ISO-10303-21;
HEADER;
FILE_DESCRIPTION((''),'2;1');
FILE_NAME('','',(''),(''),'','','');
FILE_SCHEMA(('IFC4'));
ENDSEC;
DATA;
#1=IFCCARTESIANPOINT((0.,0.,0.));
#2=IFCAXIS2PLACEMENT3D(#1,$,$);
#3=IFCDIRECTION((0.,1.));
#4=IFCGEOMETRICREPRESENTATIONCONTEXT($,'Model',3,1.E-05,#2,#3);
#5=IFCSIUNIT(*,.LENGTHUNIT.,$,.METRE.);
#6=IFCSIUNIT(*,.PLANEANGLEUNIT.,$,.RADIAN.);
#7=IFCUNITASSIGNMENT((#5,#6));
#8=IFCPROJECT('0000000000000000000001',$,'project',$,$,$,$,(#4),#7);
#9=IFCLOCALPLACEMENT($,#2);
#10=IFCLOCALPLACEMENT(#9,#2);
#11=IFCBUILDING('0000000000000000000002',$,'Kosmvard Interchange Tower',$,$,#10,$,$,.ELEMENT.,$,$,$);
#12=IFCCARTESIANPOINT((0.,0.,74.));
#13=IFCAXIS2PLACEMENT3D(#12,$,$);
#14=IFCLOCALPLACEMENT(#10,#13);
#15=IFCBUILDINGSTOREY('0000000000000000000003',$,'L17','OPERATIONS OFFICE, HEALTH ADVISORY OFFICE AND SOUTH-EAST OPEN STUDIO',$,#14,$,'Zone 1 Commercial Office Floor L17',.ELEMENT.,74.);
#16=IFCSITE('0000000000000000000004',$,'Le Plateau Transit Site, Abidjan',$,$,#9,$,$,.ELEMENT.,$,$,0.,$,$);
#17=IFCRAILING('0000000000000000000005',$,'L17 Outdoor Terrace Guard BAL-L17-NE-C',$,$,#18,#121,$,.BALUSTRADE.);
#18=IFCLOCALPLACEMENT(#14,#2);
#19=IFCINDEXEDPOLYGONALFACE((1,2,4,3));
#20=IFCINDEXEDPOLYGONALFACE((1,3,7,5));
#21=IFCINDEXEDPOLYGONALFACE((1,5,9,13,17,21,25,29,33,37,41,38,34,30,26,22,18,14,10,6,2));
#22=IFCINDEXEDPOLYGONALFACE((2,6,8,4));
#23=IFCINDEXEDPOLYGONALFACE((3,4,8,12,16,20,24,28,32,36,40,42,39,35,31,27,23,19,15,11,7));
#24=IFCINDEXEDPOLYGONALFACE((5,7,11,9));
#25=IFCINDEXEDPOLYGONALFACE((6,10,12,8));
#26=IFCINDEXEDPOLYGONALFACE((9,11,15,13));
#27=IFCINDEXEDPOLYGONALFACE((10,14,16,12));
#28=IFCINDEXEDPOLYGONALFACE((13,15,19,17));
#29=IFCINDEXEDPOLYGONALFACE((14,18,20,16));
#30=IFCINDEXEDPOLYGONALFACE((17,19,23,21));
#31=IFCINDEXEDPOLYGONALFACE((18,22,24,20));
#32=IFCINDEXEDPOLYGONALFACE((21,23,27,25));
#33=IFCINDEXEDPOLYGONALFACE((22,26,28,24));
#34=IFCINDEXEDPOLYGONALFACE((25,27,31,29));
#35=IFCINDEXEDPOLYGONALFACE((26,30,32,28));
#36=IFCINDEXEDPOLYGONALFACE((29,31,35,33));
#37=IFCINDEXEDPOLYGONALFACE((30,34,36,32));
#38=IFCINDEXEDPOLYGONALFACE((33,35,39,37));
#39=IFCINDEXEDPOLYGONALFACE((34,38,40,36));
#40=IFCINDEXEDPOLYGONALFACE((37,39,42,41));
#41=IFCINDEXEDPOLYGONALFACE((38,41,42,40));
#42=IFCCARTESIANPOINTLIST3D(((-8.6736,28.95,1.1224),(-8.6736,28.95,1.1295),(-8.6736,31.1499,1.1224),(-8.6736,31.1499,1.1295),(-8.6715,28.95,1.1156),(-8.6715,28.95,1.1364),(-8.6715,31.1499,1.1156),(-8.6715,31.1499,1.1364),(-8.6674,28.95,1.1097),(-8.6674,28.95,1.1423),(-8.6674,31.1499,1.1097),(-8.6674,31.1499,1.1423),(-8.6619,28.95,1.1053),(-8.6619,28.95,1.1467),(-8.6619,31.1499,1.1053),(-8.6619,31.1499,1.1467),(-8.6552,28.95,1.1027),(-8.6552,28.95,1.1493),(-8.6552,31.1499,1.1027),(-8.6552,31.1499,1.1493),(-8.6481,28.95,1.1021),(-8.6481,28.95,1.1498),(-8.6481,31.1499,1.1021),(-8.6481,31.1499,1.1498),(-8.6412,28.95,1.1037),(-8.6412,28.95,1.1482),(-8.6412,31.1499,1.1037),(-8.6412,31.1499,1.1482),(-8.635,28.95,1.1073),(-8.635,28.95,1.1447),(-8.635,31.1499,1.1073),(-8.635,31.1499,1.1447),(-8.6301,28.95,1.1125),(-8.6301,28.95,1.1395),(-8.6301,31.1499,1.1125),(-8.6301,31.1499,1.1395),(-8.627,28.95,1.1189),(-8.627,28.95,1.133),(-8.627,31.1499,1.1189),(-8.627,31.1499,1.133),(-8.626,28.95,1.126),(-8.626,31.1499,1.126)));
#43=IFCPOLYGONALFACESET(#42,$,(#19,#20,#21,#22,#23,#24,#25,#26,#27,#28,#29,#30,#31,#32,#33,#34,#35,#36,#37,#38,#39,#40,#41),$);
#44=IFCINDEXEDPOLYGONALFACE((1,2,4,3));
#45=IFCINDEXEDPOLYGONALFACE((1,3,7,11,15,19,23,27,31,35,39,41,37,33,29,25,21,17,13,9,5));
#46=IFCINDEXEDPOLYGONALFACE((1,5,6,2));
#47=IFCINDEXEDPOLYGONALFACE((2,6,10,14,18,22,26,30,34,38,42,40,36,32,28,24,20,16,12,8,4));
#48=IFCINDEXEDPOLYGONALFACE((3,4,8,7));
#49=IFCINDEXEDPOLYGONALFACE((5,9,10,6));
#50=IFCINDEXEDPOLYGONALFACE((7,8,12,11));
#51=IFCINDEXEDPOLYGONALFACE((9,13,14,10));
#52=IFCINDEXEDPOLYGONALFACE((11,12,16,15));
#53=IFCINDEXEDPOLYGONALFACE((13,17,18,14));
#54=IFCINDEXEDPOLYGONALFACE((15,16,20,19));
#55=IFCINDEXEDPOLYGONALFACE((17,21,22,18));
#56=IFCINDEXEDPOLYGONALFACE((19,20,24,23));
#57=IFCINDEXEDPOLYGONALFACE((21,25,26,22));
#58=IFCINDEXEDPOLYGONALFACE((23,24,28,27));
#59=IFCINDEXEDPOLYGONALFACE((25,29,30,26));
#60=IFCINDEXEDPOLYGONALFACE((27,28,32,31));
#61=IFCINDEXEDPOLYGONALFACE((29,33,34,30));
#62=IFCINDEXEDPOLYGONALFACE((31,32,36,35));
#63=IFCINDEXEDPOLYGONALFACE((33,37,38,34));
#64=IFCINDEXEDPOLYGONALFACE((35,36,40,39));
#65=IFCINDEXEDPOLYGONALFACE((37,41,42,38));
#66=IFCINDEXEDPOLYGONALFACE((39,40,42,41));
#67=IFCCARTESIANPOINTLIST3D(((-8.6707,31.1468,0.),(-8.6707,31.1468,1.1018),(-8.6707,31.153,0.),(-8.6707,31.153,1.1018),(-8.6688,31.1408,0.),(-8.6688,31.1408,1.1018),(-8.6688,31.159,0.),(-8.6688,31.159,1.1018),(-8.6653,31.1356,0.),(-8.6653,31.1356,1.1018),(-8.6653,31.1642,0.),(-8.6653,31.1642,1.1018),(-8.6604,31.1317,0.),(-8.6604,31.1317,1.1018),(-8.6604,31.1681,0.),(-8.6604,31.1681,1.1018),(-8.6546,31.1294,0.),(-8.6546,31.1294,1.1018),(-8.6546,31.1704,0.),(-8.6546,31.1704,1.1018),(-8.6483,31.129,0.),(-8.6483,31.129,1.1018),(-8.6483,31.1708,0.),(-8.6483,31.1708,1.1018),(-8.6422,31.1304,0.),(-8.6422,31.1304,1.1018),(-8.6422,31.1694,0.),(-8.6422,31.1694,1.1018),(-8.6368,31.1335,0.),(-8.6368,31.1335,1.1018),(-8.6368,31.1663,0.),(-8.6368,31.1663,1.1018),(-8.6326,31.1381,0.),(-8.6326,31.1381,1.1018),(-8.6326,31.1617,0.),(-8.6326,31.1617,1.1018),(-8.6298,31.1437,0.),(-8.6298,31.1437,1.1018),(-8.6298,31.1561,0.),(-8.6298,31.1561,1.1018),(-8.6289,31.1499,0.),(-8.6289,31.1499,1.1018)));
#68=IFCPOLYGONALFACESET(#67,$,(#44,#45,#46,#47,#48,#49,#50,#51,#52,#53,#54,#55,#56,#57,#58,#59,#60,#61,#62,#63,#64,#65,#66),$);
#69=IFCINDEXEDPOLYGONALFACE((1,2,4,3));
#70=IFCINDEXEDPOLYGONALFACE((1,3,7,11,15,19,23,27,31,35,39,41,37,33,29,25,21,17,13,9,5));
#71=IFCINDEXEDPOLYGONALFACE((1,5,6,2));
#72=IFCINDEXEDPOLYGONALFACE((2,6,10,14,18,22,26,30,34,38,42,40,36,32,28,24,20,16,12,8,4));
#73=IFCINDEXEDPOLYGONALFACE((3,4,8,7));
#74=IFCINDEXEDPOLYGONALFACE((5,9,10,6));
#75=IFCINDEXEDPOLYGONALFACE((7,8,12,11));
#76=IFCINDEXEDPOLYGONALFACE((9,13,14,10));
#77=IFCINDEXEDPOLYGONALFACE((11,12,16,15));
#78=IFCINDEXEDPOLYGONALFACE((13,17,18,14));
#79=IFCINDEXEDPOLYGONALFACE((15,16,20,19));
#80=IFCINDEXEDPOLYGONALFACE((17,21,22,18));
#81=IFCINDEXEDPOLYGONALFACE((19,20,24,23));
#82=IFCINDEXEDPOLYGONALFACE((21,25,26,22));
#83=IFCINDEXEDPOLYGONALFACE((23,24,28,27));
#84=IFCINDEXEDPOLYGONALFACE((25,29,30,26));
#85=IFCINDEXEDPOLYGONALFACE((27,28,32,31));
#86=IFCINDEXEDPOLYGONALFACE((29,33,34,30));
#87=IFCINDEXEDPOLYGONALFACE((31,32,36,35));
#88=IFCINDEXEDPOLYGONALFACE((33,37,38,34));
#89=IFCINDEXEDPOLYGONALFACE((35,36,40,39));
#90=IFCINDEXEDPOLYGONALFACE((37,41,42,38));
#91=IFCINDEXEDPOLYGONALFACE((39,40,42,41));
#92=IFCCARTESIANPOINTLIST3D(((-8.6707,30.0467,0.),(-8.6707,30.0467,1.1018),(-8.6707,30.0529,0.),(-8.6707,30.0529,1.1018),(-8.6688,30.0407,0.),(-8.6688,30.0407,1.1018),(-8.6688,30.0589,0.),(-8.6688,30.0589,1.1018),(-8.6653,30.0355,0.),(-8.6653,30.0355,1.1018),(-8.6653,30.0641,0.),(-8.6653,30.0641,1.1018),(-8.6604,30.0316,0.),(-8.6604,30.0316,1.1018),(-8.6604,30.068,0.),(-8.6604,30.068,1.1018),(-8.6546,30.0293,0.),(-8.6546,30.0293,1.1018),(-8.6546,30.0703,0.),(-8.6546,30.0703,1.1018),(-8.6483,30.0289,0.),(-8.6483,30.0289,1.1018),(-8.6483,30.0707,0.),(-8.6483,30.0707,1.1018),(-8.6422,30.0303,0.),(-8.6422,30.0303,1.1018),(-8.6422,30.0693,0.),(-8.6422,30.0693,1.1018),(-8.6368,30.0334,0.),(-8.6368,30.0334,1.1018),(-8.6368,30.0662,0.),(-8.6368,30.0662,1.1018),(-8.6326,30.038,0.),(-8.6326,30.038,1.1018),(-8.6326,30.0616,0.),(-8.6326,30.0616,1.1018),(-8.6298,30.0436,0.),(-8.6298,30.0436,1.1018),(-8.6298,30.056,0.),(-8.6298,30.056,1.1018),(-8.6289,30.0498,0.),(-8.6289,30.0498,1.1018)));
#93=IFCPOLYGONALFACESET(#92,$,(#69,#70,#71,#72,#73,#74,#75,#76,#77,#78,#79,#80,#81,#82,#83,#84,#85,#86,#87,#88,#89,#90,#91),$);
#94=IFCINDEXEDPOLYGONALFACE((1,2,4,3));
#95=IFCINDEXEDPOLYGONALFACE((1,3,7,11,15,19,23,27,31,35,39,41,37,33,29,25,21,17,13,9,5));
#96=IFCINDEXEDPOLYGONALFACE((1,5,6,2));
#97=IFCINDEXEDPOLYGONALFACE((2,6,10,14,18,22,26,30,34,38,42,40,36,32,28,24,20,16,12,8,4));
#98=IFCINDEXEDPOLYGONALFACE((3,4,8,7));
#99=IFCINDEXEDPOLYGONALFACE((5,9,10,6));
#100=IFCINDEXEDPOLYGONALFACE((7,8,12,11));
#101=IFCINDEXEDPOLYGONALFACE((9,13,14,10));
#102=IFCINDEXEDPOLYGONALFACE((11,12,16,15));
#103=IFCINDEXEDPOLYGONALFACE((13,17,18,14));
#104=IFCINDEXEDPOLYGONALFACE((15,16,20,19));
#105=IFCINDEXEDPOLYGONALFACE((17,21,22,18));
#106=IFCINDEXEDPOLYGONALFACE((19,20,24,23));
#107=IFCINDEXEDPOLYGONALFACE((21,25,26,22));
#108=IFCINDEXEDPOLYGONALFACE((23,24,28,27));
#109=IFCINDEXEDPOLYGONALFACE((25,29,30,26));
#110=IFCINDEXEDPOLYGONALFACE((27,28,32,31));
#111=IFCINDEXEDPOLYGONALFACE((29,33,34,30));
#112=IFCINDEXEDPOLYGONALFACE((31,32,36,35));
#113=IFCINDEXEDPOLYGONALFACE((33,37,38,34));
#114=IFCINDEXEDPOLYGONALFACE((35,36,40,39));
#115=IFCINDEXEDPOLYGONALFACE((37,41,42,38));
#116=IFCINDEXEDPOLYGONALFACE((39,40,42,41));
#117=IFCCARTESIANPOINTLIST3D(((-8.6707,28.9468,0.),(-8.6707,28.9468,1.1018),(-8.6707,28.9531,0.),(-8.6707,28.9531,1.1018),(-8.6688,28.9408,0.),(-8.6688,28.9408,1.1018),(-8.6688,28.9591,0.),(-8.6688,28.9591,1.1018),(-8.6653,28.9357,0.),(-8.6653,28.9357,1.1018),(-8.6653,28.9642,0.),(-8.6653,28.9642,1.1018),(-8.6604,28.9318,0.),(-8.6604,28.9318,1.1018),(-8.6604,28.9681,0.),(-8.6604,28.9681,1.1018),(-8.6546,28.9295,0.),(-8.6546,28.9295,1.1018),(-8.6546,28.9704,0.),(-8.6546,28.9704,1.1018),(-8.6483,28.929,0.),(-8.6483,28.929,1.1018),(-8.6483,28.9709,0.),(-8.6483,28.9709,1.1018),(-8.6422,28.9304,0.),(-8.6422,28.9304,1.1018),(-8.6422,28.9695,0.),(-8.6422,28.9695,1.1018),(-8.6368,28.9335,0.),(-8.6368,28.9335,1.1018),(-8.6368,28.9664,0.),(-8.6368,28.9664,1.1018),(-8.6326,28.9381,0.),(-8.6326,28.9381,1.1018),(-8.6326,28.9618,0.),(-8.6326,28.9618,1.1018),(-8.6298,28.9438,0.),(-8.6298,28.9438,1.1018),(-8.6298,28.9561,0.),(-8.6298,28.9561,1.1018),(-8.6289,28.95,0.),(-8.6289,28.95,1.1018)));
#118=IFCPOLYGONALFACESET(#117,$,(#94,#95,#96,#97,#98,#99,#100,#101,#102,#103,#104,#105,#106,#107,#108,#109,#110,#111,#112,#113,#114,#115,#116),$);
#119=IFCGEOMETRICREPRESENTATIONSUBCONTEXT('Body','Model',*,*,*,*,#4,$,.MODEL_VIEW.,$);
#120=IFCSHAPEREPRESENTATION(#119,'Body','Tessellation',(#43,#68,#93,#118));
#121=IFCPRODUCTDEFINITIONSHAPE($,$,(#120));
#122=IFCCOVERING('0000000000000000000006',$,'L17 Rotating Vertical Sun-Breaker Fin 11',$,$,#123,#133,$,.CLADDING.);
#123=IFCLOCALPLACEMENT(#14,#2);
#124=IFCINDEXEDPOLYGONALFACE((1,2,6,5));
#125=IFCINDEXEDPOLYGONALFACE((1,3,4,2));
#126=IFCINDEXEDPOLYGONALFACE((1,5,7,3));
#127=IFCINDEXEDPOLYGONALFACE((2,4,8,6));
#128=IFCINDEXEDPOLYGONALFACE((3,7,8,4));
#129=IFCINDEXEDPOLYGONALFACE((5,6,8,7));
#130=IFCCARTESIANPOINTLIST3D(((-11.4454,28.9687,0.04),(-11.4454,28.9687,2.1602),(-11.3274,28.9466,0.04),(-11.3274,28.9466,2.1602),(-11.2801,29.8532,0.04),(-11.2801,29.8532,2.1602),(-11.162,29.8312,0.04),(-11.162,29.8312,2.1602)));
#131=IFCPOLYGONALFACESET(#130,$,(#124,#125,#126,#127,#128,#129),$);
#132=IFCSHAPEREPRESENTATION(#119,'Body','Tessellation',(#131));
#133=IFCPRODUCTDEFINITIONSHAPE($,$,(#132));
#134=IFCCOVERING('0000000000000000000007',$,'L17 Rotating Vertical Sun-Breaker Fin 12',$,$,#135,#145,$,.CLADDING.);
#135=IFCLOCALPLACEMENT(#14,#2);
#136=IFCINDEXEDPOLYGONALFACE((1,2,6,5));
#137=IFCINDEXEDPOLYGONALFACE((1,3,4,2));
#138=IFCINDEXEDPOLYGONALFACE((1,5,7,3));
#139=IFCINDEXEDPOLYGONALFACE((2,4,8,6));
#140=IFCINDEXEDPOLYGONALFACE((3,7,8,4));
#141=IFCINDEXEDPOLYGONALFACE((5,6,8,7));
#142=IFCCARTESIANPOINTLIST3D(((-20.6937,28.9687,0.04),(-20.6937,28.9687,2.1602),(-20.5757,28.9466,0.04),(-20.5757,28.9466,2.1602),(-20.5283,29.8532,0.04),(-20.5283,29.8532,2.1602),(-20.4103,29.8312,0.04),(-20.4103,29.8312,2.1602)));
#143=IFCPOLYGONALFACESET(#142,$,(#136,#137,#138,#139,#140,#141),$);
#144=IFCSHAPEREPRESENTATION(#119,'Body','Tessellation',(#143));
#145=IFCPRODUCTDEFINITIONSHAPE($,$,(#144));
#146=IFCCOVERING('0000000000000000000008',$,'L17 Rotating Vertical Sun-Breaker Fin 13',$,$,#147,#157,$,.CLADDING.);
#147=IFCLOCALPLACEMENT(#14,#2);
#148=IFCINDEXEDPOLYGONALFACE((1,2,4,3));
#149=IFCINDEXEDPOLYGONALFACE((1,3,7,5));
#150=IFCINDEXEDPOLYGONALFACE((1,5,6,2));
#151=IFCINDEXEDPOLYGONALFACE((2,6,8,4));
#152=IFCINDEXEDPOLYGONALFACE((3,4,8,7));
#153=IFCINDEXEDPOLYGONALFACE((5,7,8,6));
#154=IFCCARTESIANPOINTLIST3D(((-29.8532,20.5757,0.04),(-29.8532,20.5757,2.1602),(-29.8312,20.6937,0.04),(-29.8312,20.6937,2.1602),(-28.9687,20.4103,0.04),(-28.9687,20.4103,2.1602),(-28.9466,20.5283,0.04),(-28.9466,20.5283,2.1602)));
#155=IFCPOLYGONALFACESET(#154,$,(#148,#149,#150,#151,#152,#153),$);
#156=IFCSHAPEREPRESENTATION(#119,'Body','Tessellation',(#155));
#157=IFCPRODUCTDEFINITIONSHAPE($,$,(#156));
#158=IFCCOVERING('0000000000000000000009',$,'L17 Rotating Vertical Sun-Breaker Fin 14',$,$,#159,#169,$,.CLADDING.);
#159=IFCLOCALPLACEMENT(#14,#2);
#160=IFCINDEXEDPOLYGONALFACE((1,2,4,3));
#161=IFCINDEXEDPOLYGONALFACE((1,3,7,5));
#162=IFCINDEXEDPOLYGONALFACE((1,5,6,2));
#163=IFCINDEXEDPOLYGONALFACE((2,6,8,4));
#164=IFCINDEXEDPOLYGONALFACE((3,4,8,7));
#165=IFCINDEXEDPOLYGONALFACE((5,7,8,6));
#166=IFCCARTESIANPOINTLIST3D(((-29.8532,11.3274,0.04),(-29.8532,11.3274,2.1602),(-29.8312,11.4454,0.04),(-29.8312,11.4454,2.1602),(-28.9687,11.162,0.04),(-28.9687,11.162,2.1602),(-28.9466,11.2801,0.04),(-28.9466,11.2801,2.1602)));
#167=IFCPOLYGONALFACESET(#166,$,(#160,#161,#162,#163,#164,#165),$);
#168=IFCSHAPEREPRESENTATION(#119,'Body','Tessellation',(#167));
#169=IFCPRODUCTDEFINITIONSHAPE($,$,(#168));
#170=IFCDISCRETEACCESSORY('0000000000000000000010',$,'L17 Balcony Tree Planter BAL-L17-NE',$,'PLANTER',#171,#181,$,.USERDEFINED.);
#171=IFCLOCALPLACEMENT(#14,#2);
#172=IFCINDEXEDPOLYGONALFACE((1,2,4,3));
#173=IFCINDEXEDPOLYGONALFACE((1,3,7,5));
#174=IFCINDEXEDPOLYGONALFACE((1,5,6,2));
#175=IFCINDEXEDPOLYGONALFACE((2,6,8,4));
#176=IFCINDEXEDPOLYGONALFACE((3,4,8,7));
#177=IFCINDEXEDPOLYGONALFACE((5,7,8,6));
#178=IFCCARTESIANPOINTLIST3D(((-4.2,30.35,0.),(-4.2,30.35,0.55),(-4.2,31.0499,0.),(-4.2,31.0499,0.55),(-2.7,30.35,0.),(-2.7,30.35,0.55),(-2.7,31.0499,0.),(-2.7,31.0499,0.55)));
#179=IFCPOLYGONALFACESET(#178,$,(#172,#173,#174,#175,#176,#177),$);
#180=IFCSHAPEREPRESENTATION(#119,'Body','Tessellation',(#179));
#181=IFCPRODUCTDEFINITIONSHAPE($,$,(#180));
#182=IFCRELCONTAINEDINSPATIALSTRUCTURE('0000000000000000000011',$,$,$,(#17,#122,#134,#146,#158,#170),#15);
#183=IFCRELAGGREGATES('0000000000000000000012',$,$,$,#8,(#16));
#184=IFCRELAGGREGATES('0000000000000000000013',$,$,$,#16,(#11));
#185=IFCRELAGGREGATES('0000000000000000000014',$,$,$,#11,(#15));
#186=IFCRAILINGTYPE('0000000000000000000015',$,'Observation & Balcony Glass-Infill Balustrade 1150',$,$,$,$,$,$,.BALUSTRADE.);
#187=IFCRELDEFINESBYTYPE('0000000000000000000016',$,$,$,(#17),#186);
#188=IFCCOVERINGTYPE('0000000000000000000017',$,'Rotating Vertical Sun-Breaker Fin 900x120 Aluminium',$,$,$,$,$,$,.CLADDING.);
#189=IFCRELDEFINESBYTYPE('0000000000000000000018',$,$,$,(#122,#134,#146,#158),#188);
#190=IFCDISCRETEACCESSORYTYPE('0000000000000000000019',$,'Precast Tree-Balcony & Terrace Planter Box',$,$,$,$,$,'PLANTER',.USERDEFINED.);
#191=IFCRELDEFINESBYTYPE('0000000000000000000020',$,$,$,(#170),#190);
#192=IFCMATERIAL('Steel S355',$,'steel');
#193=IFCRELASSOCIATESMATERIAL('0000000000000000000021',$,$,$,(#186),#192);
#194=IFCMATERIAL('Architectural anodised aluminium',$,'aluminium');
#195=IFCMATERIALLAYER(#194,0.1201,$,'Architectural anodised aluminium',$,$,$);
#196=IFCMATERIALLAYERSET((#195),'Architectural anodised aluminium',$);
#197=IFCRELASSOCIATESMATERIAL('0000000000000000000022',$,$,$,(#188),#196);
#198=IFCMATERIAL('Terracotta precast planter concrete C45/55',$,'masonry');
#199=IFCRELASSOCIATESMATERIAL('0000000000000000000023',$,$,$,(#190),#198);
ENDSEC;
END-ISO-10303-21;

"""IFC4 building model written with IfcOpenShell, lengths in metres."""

from ifc_helpers import new_model, si_unit, direction, frame, origin, origin_2d, place, context, subcontext, project, spatial, rectangle, circle, extrude, source, transform, mapped, material, layer, layer_set, type_object, element, save


model = new_model("IFC4")

# Units and contexts
model_context = context("Model", 3, precision=1e-05, world=origin(), true_north=direction((0.0, 1.0)))
body_context = subcontext(model_context, "Body", "Model", "MODEL_VIEW")
ifc_project = project(units=[si_unit("LENGTHUNIT", "METRE"), si_unit("PLANEANGLEUNIT", "RADIAN")], contexts=[model_context])

# Site, building, storey
site_placement = place(None, origin())
site = spatial("IfcSite", under=ifc_project, at=site_placement, Name="Le Plateau Transit Site, Abidjan", CompositionType="ELEMENT", RefElevation=0.0)
building_placement = place(site_placement, origin())
building = spatial("IfcBuilding", under=site, at=building_placement, Name="Kosmvard Interchange Tower", CompositionType="ELEMENT")
storey_placement = place(building_placement, frame((0.0, 0.0, 74.0)))
storey = spatial("IfcBuildingStorey", under=building, at=storey_placement, Name="L17", Description="OPERATIONS OFFICE, HEALTH ADVISORY OFFICE AND SOUTH-EAST OPEN STUDIO", LongName="Zone 1 Commercial Office Floor L17", CompositionType="ELEMENT", Elevation=74.0)

# Shared definitions
ifc_material_1 = material(Name="Steel S355", Category="steel")

# Railing
railing_type = type_object("IfcRailingType", Name="Observation & Balcony Glass-Infill Balustrade 1150", PredefinedType="BALUSTRADE", material=ifc_material_1)
shared_shape_1 = source(origin(), body_context, "Body", "SweptSolid", [
    extrude(circle(Radius=0.0239, at=origin_2d()), frame((0.0, 0.0, 1.126), z_axis=(0.0, -1.0, 0.0), x_axis=(1.0, 0.0, 0.0)), (0.0, 0.0, 1.0), 2.2),
    extrude(circle(Radius=0.021, at=origin_2d()), origin(), (0.0, 0.0, 1.0), 1.1018),
    extrude(circle(Radius=0.021, at=origin_2d()), frame((0.0, -1.1001, 0.0)), (0.0, 0.0, 1.0), 1.1018),
    extrude(circle(Radius=0.021, at=origin_2d()), frame((0.0, -2.2, 0.0)), (0.0, 0.0, 1.0), 1.1018),
])
railing_placement = place(storey_placement, frame((-8.6499, 31.1499, 0.0)))
element("IfcRailing", 1, at=railing_placement, inside=storey, type_object=railing_type, Name="L17 Outdoor Terrace Guard BAL-L17-NE-C", PredefinedType="BALUSTRADE", context=body_context, shape_type="MappedRepresentation", body=[
    mapped(shared_shape_1, transform((0.0, 0.0, 0.0), scale=1.0)),
])

# Coverings
ifc_material_2 = material(Name="Architectural anodised aluminium", Category="aluminium")
ifc_layer_1 = layer(ifc_material_2, 0.1201, Name="Architectural anodised aluminium")
ifc_layer_set_1 = layer_set([ifc_layer_1], Name="Architectural anodised aluminium")
covering_type = type_object("IfcCoveringType", Name="Rotating Vertical Sun-Breaker Fin 900x120 Aluminium", PredefinedType="CLADDING", material=ifc_layer_set_1)
shared_shape_2 = source(origin(), body_context, "Body", "SweptSolid", [
    extrude(rectangle(XDim=0.8999, YDim=0.1201, at=origin_2d()), origin(), (0.0, 0.0, 1.0), 2.1201),
])
for number, where, z_axis, x_axis, name in (
    (2, (-11.3037, 29.3999, 0.04), (0.0, 0.0, 1.0), (0.18378, 0.982967, 0.0), "L17 Rotating Vertical Sun-Breaker Fin 11"),
    (3, (-20.552, 29.3999, 0.04), (0.0, 0.0, 1.0), (0.18378, 0.982967, 0.0), "L17 Rotating Vertical Sun-Breaker Fin 12"),
    (4, (-29.3999, 20.552, 0.04), (0.0, 0.0, 1.0), (-0.982967, 0.18378, 0.0), "L17 Rotating Vertical Sun-Breaker Fin 13"),
    (5, (-29.3999, 11.3037, 0.04), (0.0, 0.0, 1.0), (-0.982967, 0.18378, 0.0), "L17 Rotating Vertical Sun-Breaker Fin 14"),
):
    element("IfcCovering", number, at=place(storey_placement, frame(where, z_axis=z_axis, x_axis=x_axis)), inside=storey, type_object=covering_type, Name=name, PredefinedType="CLADDING", context=body_context, shape_type="MappedRepresentation", body=[
        mapped(shared_shape_2, transform((0.0, 0.0, 0.0), scale=1.0)),
    ])

# Discrete accessory
ifc_material_3 = material(Name="Terracotta precast planter concrete C45/55", Category="masonry")
discrete_accessory_type = type_object("IfcDiscreteAccessoryType", Name="Precast Tree-Balcony & Terrace Planter Box", ElementType="PLANTER", PredefinedType="USERDEFINED", material=ifc_material_3)
shared_shape_3 = source(origin(), body_context, "Body", "SweptSolid", [
    extrude(rectangle(XDim=1.5, YDim=0.7, at=origin_2d()), origin(), (0.0, 0.0, 1.0), 0.55),
])
discrete_accessory_placement = place(storey_placement, frame((-3.45, 30.7, 0.0), z_axis=(0.0, 0.0, 1.0), x_axis=(1.0, 0.0, 0.0)))
element("IfcDiscreteAccessory", 6, at=discrete_accessory_placement, inside=storey, type_object=discrete_accessory_type, Name="L17 Balcony Tree Planter BAL-L17-NE", ObjectType="PLANTER", PredefinedType="USERDEFINED", context=body_context, shape_type="MappedRepresentation", body=[
    mapped(shared_shape_3, transform((0.0, 0.0, 0.0), scale=1.0)),
])

save(model, "model.ifc")
